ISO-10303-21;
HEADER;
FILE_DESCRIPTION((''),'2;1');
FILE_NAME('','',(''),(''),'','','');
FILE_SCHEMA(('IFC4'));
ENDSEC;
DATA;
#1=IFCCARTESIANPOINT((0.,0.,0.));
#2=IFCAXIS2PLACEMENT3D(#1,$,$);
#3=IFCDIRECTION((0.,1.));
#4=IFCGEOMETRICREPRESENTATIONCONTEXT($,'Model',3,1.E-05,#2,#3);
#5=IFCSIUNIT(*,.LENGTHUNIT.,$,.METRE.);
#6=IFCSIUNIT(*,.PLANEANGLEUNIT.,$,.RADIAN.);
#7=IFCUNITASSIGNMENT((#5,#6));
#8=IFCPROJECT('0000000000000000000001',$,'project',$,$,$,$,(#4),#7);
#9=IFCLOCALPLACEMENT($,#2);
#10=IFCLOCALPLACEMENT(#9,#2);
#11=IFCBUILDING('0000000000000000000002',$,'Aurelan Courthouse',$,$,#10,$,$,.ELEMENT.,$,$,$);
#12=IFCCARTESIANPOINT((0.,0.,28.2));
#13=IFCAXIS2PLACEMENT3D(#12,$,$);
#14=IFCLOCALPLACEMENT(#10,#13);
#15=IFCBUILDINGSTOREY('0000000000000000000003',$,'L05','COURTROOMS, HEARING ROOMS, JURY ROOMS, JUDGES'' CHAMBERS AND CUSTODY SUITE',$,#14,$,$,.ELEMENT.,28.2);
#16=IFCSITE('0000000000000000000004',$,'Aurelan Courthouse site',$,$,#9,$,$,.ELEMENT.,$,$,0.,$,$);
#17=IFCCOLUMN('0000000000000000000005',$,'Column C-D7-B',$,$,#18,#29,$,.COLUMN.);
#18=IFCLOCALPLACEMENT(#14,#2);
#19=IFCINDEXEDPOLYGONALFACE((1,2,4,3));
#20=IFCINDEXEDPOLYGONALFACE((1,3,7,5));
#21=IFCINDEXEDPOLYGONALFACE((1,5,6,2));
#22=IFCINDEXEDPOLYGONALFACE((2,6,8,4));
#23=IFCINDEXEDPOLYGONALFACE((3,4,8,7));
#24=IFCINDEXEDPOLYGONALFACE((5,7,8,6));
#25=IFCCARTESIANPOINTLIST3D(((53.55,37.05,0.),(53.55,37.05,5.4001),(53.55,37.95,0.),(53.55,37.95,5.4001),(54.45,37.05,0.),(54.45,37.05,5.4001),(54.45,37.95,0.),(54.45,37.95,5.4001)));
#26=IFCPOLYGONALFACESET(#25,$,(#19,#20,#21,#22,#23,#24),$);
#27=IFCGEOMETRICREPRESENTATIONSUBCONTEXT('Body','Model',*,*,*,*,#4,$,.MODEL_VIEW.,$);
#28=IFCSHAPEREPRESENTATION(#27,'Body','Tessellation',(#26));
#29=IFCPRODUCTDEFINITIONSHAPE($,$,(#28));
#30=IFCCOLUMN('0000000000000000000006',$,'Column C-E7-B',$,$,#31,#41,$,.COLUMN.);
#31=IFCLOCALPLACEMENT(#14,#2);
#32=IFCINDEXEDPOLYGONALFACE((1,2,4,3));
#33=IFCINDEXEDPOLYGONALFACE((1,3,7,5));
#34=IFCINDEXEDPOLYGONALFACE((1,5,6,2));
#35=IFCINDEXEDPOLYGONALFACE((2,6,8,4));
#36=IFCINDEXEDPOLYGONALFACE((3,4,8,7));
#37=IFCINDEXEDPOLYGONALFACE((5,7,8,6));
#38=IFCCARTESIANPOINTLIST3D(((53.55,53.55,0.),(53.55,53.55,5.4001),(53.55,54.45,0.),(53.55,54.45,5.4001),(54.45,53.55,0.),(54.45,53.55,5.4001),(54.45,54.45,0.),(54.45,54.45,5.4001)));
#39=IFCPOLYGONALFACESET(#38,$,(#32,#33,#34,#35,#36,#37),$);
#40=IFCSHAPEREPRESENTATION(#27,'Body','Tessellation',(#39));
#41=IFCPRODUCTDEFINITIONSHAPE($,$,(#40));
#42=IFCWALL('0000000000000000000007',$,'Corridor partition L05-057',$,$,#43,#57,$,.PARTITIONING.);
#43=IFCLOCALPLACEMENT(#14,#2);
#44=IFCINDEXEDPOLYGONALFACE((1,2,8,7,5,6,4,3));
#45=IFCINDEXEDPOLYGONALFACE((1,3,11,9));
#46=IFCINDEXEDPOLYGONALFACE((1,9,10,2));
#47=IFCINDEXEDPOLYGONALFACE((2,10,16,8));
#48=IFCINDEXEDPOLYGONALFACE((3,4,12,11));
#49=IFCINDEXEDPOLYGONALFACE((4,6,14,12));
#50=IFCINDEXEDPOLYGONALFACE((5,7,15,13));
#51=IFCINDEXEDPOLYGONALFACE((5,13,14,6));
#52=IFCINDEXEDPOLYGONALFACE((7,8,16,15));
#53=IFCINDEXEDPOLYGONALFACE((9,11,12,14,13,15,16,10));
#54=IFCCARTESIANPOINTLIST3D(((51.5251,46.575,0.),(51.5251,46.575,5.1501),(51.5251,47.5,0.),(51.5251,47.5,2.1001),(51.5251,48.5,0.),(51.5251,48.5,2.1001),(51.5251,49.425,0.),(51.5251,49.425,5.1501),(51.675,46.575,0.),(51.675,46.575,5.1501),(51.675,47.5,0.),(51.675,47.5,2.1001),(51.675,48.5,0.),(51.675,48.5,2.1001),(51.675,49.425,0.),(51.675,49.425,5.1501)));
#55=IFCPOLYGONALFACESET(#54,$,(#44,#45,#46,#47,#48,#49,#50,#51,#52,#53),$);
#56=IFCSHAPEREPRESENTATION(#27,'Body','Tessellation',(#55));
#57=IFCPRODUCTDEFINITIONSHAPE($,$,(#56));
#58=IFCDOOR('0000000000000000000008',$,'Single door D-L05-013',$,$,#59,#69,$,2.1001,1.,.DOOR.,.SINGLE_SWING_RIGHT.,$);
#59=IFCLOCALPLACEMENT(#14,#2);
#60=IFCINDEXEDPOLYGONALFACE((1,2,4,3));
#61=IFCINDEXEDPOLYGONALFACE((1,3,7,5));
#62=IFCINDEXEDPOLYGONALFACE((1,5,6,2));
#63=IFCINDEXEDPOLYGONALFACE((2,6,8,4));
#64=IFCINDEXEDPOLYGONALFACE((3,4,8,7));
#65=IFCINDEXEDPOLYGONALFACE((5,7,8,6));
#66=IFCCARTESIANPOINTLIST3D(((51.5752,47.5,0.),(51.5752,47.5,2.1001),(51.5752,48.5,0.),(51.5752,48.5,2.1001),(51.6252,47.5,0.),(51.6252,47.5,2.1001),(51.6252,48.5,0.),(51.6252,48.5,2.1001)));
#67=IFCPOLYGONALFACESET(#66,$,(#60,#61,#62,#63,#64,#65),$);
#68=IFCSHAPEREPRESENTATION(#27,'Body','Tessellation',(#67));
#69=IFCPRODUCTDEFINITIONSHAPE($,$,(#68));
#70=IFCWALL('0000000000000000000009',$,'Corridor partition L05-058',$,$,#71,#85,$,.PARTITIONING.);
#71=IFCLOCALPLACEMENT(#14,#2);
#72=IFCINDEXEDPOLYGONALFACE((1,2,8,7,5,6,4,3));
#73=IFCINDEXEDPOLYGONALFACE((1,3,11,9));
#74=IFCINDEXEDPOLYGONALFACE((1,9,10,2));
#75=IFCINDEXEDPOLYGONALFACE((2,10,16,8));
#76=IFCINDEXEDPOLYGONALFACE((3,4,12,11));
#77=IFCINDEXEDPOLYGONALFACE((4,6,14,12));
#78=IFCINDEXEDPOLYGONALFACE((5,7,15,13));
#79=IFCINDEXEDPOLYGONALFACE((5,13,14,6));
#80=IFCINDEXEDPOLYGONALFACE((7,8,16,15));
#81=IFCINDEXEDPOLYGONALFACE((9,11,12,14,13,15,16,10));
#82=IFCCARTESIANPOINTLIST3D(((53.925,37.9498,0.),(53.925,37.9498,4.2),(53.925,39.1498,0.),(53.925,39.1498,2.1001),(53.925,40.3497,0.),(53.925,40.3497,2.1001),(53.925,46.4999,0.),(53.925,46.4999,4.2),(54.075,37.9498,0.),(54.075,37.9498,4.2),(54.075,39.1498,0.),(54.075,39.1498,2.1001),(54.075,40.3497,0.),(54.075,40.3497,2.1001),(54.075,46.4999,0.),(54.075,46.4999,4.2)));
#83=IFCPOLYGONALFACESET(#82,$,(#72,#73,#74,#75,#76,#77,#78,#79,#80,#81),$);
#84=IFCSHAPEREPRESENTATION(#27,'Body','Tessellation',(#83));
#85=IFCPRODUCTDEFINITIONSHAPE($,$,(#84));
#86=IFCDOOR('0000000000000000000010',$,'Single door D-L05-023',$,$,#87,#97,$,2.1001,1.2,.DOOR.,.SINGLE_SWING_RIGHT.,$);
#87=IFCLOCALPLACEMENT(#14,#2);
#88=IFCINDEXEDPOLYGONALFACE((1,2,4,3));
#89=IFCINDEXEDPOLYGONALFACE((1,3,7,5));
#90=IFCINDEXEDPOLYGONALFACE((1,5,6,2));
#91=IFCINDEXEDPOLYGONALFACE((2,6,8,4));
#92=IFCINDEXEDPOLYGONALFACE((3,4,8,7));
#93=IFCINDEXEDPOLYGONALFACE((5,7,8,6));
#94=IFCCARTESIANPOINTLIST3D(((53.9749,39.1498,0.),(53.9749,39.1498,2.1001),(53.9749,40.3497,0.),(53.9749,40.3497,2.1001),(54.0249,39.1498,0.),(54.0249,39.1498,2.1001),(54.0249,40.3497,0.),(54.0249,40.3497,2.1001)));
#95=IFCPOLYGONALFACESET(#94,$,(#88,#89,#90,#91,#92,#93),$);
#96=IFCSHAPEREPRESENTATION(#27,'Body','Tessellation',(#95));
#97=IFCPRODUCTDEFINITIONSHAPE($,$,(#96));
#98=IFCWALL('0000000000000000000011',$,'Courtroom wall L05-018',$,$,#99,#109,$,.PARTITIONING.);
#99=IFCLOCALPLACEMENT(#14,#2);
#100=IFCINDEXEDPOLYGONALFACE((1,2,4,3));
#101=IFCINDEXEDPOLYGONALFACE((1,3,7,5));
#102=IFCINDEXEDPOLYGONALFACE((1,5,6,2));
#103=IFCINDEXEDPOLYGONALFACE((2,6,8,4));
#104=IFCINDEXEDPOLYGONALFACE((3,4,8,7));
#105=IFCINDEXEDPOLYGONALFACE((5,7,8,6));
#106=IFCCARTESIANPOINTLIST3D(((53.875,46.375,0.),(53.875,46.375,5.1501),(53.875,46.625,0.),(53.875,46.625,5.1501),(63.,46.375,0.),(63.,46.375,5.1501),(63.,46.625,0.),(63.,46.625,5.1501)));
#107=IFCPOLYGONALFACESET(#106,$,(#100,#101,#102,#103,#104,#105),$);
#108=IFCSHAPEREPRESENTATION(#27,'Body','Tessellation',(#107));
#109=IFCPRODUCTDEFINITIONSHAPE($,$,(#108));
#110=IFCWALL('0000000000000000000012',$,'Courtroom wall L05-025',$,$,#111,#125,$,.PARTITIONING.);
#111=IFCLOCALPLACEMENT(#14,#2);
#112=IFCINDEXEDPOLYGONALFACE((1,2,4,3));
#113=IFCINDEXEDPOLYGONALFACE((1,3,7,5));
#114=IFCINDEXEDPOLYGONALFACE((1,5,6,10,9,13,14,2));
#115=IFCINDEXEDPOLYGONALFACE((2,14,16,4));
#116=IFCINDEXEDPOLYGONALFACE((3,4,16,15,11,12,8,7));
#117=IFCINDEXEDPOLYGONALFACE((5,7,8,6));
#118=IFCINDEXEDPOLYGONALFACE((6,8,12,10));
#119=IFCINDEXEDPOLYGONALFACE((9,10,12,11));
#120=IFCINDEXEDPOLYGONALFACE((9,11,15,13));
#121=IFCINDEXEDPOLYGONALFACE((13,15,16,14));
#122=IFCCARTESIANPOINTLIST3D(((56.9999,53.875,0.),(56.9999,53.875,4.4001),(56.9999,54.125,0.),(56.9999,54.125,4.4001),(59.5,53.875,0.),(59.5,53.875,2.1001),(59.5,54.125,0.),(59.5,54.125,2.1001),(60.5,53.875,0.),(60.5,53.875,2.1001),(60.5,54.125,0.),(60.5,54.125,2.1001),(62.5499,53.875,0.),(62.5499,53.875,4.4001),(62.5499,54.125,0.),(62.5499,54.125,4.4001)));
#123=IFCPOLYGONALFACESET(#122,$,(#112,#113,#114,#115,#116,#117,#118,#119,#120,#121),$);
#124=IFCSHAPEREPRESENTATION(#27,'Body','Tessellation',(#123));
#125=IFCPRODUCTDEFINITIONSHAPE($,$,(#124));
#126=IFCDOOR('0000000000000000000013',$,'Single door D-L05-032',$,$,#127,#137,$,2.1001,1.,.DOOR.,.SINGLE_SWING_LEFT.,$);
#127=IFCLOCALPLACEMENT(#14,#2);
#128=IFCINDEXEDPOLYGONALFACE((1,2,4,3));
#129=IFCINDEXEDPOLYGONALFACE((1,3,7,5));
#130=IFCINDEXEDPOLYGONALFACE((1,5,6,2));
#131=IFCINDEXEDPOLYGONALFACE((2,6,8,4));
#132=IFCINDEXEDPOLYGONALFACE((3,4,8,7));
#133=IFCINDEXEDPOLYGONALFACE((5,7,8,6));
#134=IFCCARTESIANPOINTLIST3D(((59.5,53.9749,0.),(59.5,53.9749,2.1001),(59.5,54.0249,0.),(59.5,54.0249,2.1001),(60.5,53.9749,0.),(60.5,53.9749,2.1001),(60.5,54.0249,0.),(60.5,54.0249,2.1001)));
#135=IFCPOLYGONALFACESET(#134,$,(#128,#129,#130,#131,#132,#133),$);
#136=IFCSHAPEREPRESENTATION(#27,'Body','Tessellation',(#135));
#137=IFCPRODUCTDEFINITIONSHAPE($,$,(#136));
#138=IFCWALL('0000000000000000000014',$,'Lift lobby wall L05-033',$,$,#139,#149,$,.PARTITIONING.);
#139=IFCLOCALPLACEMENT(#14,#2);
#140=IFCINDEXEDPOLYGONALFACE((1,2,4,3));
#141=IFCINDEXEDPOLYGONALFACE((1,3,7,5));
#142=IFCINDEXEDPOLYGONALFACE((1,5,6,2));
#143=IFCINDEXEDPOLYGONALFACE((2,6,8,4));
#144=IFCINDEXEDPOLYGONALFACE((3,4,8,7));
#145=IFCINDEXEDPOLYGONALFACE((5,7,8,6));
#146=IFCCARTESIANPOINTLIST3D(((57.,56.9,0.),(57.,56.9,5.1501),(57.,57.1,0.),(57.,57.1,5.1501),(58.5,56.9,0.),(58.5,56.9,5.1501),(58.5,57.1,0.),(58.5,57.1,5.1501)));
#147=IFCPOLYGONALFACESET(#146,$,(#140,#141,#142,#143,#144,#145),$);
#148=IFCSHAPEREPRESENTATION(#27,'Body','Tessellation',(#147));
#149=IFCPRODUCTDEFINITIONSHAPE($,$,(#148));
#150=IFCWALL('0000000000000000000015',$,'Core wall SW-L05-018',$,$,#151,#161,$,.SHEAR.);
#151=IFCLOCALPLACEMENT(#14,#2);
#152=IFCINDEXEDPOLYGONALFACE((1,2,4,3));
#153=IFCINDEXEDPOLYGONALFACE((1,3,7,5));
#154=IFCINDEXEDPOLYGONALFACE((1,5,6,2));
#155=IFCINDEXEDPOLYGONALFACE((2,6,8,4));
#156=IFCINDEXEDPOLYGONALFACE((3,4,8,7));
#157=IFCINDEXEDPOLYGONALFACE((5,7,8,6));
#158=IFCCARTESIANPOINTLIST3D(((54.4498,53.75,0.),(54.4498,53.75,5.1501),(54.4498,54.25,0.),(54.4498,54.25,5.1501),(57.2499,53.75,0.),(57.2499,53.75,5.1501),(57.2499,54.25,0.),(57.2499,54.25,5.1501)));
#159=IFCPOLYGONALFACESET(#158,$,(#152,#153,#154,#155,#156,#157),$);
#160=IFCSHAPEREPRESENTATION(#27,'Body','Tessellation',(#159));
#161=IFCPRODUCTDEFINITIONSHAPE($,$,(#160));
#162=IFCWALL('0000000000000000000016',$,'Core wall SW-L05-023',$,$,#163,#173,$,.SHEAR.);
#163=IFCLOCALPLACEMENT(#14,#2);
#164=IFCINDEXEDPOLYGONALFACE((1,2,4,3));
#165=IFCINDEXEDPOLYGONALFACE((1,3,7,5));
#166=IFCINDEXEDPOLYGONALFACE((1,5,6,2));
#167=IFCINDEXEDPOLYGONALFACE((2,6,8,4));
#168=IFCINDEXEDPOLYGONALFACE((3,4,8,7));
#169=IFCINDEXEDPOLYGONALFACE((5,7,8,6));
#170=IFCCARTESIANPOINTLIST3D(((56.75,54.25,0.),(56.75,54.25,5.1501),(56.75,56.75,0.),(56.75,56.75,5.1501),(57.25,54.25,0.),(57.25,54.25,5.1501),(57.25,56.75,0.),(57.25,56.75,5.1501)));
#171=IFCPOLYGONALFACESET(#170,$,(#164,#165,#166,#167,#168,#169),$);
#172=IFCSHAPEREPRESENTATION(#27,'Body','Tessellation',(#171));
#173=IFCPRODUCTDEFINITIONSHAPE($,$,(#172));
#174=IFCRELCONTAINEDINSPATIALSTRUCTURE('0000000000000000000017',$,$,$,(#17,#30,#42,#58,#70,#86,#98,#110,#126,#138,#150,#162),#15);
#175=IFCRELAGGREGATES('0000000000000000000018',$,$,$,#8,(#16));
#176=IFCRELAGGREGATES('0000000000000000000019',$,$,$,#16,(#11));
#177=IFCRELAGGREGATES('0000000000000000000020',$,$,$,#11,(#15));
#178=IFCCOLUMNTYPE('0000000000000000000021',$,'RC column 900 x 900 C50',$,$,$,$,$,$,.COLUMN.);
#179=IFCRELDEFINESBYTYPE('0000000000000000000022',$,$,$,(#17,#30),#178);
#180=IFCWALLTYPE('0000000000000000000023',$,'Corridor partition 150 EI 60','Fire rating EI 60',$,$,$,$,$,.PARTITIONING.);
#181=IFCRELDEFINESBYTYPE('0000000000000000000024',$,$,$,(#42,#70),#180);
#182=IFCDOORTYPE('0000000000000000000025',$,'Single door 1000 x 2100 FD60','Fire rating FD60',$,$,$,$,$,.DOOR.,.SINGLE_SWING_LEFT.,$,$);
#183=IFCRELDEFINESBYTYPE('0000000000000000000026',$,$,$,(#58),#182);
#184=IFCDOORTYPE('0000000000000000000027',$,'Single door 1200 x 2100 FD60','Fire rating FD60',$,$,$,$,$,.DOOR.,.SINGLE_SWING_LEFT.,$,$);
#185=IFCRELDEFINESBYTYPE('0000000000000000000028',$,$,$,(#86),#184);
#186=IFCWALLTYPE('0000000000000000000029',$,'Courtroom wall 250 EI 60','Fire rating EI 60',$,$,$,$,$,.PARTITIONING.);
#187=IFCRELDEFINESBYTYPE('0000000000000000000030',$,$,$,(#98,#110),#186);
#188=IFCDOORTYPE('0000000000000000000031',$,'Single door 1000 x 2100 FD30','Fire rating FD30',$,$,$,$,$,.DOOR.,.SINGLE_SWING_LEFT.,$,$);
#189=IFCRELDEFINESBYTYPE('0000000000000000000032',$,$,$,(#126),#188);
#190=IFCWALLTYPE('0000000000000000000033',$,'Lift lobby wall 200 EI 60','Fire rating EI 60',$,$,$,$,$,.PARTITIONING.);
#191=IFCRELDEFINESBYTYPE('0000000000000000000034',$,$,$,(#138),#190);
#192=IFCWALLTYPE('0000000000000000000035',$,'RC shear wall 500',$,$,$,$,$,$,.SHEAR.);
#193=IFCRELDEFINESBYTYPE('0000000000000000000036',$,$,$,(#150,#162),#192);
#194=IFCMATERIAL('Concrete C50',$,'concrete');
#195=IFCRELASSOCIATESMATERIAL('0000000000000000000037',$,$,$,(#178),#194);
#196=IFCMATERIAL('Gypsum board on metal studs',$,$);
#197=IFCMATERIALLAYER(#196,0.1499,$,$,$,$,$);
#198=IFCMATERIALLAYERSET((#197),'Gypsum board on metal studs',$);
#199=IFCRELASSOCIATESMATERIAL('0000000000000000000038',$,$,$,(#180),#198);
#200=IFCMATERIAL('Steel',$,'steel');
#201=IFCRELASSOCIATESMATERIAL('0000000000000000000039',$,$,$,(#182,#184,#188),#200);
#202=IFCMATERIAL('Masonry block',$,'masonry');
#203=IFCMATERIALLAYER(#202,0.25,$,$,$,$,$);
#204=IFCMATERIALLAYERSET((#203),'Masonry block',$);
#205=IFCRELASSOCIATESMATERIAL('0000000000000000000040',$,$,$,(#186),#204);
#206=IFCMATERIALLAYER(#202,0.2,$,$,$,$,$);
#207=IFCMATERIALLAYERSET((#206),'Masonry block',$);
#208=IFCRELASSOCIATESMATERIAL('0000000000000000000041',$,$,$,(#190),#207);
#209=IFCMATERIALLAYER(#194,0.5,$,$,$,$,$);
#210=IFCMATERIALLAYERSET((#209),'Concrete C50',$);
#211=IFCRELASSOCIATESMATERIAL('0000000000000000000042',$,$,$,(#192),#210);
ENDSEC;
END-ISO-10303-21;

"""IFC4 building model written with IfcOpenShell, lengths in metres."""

from ifc_helpers import new_model, si_unit, direction, frame, frame_2d, origin, origin_2d, place, context, subcontext, project, spatial, rectangle, extrude, material, layer, layer_set, material_profile, profile_set, type_object, element, fill, save


model = new_model("IFC4")

# Units and contexts
model_context = context("Model", 3, precision=1e-05, world=origin(), true_north=direction((0.0, 1.0)))
body_context = subcontext(model_context, "Body", "Model", "MODEL_VIEW")
ifc_project = project(units=[si_unit("LENGTHUNIT", "METRE"), si_unit("PLANEANGLEUNIT", "RADIAN")], contexts=[model_context])

# Site, building, storey
site_placement = place(None, origin())
site = spatial("IfcSite", under=ifc_project, at=site_placement, Name="Aurelan Courthouse site", CompositionType="ELEMENT", RefElevation=0.0)
building_placement = place(site_placement, origin())
building = spatial("IfcBuilding", under=site, at=building_placement, Name="Aurelan Courthouse", CompositionType="ELEMENT")
storey_placement = place(building_placement, frame((0.0, 0.0, 28.2)))
storey = spatial("IfcBuildingStorey", under=building, at=storey_placement, Name="L05", Description="COURTROOMS, HEARING ROOMS, JURY ROOMS, JUDGES' CHAMBERS AND CUSTODY SUITE", CompositionType="ELEMENT", Elevation=28.2)

# Columns
ifc_material_1 = material(Name="Concrete C50", Category="concrete")
ifc_material_profile = material_profile(ifc_material_1, rectangle(XDim=0.8999, YDim=0.8999, at=origin_2d()), Name="RC 900 x 900")
ifc_profile_set = profile_set([ifc_material_profile], Name="Concrete C50")
column_type = type_object("IfcColumnType", Name="RC column 900 x 900 C50", PredefinedType="COLUMN", material=ifc_profile_set)
for number, where, z_axis, x_axis, name in (
    (1, (54.0, 37.5, 0.0), (0.0, 0.0, 1.0), (1.0, 0.0, 0.0), "Column C-D7-B"),
    (2, (54.0, 54.0, 0.0), (0.0, 0.0, 1.0), (1.0, 0.0, 0.0), "Column C-E7-B"),
):
    element("IfcColumn", number, at=place(storey_placement, frame(where, z_axis=z_axis, x_axis=x_axis)), inside=storey, type_object=column_type, Name=name, PredefinedType="COLUMN", context=body_context, shape_type="SweptSolid", body=[
        extrude(rectangle(XDim=0.8999, YDim=0.8999, at=origin_2d()), origin(), (0.0, 0.0, 1.0), 5.4001),
    ])

# Walls, openings, doors
ifc_material_2 = material(Name="Gypsum board on metal studs")
ifc_layer_1 = layer(ifc_material_2, 0.1499)
ifc_layer_set_1 = layer_set([ifc_layer_1], Name="Gypsum board on metal studs")
wall_type_1 = type_object("IfcWallType", Name="Corridor partition 150 EI 60", Description="Fire rating EI 60", PredefinedType="PARTITIONING", material=ifc_layer_set_1)
wall_1_placement = place(storey_placement, frame((51.6001, 46.575, 0.0), z_axis=(0.0, 0.0, 1.0), x_axis=(0.0, 1.0, 0.0)))
wall_1 = element("IfcWall", 3, at=wall_1_placement, inside=storey, type_object=wall_type_1, Name="Corridor partition L05-057", PredefinedType="PARTITIONING", context=body_context, shape_type="SweptSolid", body=[
    extrude(rectangle(XDim=2.8501, YDim=0.1499, at=frame_2d((1.425, 0.0))), origin(), (0.0, 0.0, 1.0), 5.1501),
])
opening_1_placement = place(wall_1_placement, frame((0.925, 0.0, 0.0)))
opening_1 = element("IfcOpeningElement", 4, at=opening_1_placement, cuts=wall_1, PredefinedType="OPENING", context=body_context, shape_type="SweptSolid", body=[
    extrude(rectangle(XDim=1.0, YDim=2.1001, at=frame_2d((0.5, 1.05))), frame((0.0, 0.085, 0.0), z_axis=(0.0, -1.0, 0.0), x_axis=(1.0, 0.0, 0.0)), (0.0, 0.0, 1.0), 0.1699),
])
ifc_material_3 = material(Name="Steel", Category="steel")
door_type_1 = type_object("IfcDoorType", Name="Single door 1000 x 2100 FD60", Description="Fire rating FD60", OperationType="SINGLE_SWING_LEFT", PredefinedType="DOOR", material=ifc_material_3)
door_1_placement = place(opening_1_placement, origin())
door_1 = element("IfcDoor", 5, at=door_1_placement, inside=storey, type_object=door_type_1, Name="Single door D-L05-013", OperationType="SINGLE_SWING_RIGHT", OverallHeight=2.1001, OverallWidth=1.0, PredefinedType="DOOR", context=body_context, shape_type="SweptSolid", body=[
    extrude(rectangle(XDim=1.0, YDim=2.1001, at=frame_2d((0.5, 1.05))), frame((0.0, 0.0249, 0.0), z_axis=(0.0, -1.0, 0.0), x_axis=(1.0, 0.0, 0.0)), (0.0, 0.0, 1.0), 0.05),
])
fill(opening_1, door_1)
wall_2_placement = place(storey_placement, frame((54.0, 37.95, 0.0), z_axis=(0.0, 0.0, 1.0), x_axis=(0.0, 1.0, 0.0)))
wall_2 = element("IfcWall", 6, at=wall_2_placement, inside=storey, type_object=wall_type_1, Name="Corridor partition L05-058", PredefinedType="PARTITIONING", context=body_context, shape_type="SweptSolid", body=[
    extrude(rectangle(XDim=8.55, YDim=0.1499, at=frame_2d((4.2749, 0.0))), origin(), (0.0, 0.0, 1.0), 4.2),
])
opening_2_placement = place(wall_2_placement, frame((2.3999, 0.0, 0.0), z_axis=(0.0, 0.0, 1.0), x_axis=(-1.0, 0.0, 0.0)))
opening_2 = element("IfcOpeningElement", 7, at=opening_2_placement, cuts=wall_2, PredefinedType="OPENING", context=body_context, shape_type="SweptSolid", body=[
    extrude(rectangle(XDim=1.2, YDim=2.1001, at=frame_2d((0.6001, 1.05))), frame((0.0, 0.085, 0.0), z_axis=(0.0, -1.0, 0.0), x_axis=(1.0, 0.0, 0.0)), (0.0, 0.0, 1.0), 0.1699),
])
door_type_2 = type_object("IfcDoorType", Name="Single door 1200 x 2100 FD60", Description="Fire rating FD60", OperationType="SINGLE_SWING_LEFT", PredefinedType="DOOR", material=ifc_material_3)
door_2_placement = place(opening_2_placement, origin())
door_2 = element("IfcDoor", 8, at=door_2_placement, inside=storey, type_object=door_type_2, Name="Single door D-L05-023", OperationType="SINGLE_SWING_RIGHT", OverallHeight=2.1001, OverallWidth=1.2, PredefinedType="DOOR", context=body_context, shape_type="SweptSolid", body=[
    extrude(rectangle(XDim=1.2, YDim=2.1001, at=frame_2d((0.6001, 1.05))), frame((0.0, 0.0249, 0.0), z_axis=(0.0, -1.0, 0.0), x_axis=(1.0, 0.0, 0.0)), (0.0, 0.0, 1.0), 0.05),
])
fill(opening_2, door_2)

# Wall
ifc_material_4 = material(Name="Masonry block", Category="masonry")
ifc_layer_2 = layer(ifc_material_4, 0.25)
ifc_layer_set_2 = layer_set([ifc_layer_2], Name="Masonry block")
wall_type_2 = type_object("IfcWallType", Name="Courtroom wall 250 EI 60", Description="Fire rating EI 60", PredefinedType="PARTITIONING", material=ifc_layer_set_2)
wall_3_placement = place(storey_placement, frame((53.875, 46.5, 0.0), z_axis=(0.0, 0.0, 1.0), x_axis=(1.0, 0.0, 0.0)))
element("IfcWall", 9, at=wall_3_placement, inside=storey, type_object=wall_type_2, Name="Courtroom wall L05-018", PredefinedType="PARTITIONING", context=body_context, shape_type="SweptSolid", body=[
    extrude(rectangle(XDim=9.125, YDim=0.25, at=frame_2d((4.5625, 0.0))), origin(), (0.0, 0.0, 1.0), 5.1501),
])

# Wall, opening, door
wall_4_placement = place(storey_placement, frame((57.0, 54.0, 0.0), z_axis=(0.0, 0.0, 1.0), x_axis=(1.0, 0.0, 0.0)))
wall_4 = element("IfcWall", 10, at=wall_4_placement, inside=storey, type_object=wall_type_2, Name="Courtroom wall L05-025", PredefinedType="PARTITIONING", context=body_context, shape_type="SweptSolid", body=[
    extrude(rectangle(XDim=5.55, YDim=0.25, at=frame_2d((2.7749, 0.0))), origin(), (0.0, 0.0, 1.0), 4.4001),
])
opening_3_placement = place(wall_4_placement, frame((2.5, 0.0, 0.0)))
opening_3 = element("IfcOpeningElement", 11, at=opening_3_placement, cuts=wall_4, PredefinedType="OPENING", context=body_context, shape_type="SweptSolid", body=[
    extrude(rectangle(XDim=1.0, YDim=2.1001, at=frame_2d((0.5, 1.05))), frame((0.0, 0.135, 0.0), z_axis=(0.0, -1.0, 0.0), x_axis=(1.0, 0.0, 0.0)), (0.0, 0.0, 1.0), 0.27),
])
door_type_3 = type_object("IfcDoorType", Name="Single door 1000 x 2100 FD30", Description="Fire rating FD30", OperationType="SINGLE_SWING_LEFT", PredefinedType="DOOR", material=ifc_material_3)
door_3_placement = place(opening_3_placement, origin())
door_3 = element("IfcDoor", 12, at=door_3_placement, inside=storey, type_object=door_type_3, Name="Single door D-L05-032", OperationType="SINGLE_SWING_LEFT", OverallHeight=2.1001, OverallWidth=1.0, PredefinedType="DOOR", context=body_context, shape_type="SweptSolid", body=[
    extrude(rectangle(XDim=1.0, YDim=2.1001, at=frame_2d((0.5, 1.05))), frame((0.0, 0.0249, 0.0), z_axis=(0.0, -1.0, 0.0), x_axis=(1.0, 0.0, 0.0)), (0.0, 0.0, 1.0), 0.05),
])
fill(opening_3, door_3)

# Walls
ifc_layer_3 = layer(ifc_material_4, 0.2)
ifc_layer_set_3 = layer_set([ifc_layer_3], Name="Masonry block")
wall_type_3 = type_object("IfcWallType", Name="Lift lobby wall 200 EI 60", Description="Fire rating EI 60", PredefinedType="PARTITIONING", material=ifc_layer_set_3)
wall_5_placement = place(storey_placement, frame((57.0, 57.0, 0.0), z_axis=(0.0, 0.0, 1.0), x_axis=(1.0, 0.0, 0.0)))
element("IfcWall", 13, at=wall_5_placement, inside=storey, type_object=wall_type_3, Name="Lift lobby wall L05-033", PredefinedType="PARTITIONING", context=body_context, shape_type="SweptSolid", body=[
    extrude(rectangle(XDim=1.5, YDim=0.2, at=frame_2d((0.75, 0.0))), origin(), (0.0, 0.0, 1.0), 5.1501),
])
ifc_layer_4 = layer(ifc_material_1, 0.5)
ifc_layer_set_4 = layer_set([ifc_layer_4], Name="Concrete C50")
wall_type_4 = type_object("IfcWallType", Name="RC shear wall 500", PredefinedType="SHEAR", material=ifc_layer_set_4)
wall_6_placement = place(storey_placement, frame((54.45, 54.0, 0.0), z_axis=(0.0, 0.0, 1.0), x_axis=(1.0, 0.0, 0.0)))
element("IfcWall", 14, at=wall_6_placement, inside=storey, type_object=wall_type_4, Name="Core wall SW-L05-018", PredefinedType="SHEAR", context=body_context, shape_type="SweptSolid", body=[
    extrude(rectangle(XDim=2.8, YDim=0.5, at=frame_2d((1.3999, 0.0))), origin(), (0.0, 0.0, 1.0), 5.1501),
])
wall_7_placement = place(storey_placement, frame((57.0, 54.25, 0.0), z_axis=(0.0, 0.0, 1.0), x_axis=(0.0, 1.0, 0.0)))
element("IfcWall", 15, at=wall_7_placement, inside=storey, type_object=wall_type_4, Name="Core wall SW-L05-023", PredefinedType="SHEAR", context=body_context, shape_type="SweptSolid", body=[
    extrude(rectangle(XDim=2.5, YDim=0.5, at=frame_2d((1.25, 0.0))), origin(), (0.0, 0.0, 1.0), 5.1501),
])

save(model, "model.ifc")
